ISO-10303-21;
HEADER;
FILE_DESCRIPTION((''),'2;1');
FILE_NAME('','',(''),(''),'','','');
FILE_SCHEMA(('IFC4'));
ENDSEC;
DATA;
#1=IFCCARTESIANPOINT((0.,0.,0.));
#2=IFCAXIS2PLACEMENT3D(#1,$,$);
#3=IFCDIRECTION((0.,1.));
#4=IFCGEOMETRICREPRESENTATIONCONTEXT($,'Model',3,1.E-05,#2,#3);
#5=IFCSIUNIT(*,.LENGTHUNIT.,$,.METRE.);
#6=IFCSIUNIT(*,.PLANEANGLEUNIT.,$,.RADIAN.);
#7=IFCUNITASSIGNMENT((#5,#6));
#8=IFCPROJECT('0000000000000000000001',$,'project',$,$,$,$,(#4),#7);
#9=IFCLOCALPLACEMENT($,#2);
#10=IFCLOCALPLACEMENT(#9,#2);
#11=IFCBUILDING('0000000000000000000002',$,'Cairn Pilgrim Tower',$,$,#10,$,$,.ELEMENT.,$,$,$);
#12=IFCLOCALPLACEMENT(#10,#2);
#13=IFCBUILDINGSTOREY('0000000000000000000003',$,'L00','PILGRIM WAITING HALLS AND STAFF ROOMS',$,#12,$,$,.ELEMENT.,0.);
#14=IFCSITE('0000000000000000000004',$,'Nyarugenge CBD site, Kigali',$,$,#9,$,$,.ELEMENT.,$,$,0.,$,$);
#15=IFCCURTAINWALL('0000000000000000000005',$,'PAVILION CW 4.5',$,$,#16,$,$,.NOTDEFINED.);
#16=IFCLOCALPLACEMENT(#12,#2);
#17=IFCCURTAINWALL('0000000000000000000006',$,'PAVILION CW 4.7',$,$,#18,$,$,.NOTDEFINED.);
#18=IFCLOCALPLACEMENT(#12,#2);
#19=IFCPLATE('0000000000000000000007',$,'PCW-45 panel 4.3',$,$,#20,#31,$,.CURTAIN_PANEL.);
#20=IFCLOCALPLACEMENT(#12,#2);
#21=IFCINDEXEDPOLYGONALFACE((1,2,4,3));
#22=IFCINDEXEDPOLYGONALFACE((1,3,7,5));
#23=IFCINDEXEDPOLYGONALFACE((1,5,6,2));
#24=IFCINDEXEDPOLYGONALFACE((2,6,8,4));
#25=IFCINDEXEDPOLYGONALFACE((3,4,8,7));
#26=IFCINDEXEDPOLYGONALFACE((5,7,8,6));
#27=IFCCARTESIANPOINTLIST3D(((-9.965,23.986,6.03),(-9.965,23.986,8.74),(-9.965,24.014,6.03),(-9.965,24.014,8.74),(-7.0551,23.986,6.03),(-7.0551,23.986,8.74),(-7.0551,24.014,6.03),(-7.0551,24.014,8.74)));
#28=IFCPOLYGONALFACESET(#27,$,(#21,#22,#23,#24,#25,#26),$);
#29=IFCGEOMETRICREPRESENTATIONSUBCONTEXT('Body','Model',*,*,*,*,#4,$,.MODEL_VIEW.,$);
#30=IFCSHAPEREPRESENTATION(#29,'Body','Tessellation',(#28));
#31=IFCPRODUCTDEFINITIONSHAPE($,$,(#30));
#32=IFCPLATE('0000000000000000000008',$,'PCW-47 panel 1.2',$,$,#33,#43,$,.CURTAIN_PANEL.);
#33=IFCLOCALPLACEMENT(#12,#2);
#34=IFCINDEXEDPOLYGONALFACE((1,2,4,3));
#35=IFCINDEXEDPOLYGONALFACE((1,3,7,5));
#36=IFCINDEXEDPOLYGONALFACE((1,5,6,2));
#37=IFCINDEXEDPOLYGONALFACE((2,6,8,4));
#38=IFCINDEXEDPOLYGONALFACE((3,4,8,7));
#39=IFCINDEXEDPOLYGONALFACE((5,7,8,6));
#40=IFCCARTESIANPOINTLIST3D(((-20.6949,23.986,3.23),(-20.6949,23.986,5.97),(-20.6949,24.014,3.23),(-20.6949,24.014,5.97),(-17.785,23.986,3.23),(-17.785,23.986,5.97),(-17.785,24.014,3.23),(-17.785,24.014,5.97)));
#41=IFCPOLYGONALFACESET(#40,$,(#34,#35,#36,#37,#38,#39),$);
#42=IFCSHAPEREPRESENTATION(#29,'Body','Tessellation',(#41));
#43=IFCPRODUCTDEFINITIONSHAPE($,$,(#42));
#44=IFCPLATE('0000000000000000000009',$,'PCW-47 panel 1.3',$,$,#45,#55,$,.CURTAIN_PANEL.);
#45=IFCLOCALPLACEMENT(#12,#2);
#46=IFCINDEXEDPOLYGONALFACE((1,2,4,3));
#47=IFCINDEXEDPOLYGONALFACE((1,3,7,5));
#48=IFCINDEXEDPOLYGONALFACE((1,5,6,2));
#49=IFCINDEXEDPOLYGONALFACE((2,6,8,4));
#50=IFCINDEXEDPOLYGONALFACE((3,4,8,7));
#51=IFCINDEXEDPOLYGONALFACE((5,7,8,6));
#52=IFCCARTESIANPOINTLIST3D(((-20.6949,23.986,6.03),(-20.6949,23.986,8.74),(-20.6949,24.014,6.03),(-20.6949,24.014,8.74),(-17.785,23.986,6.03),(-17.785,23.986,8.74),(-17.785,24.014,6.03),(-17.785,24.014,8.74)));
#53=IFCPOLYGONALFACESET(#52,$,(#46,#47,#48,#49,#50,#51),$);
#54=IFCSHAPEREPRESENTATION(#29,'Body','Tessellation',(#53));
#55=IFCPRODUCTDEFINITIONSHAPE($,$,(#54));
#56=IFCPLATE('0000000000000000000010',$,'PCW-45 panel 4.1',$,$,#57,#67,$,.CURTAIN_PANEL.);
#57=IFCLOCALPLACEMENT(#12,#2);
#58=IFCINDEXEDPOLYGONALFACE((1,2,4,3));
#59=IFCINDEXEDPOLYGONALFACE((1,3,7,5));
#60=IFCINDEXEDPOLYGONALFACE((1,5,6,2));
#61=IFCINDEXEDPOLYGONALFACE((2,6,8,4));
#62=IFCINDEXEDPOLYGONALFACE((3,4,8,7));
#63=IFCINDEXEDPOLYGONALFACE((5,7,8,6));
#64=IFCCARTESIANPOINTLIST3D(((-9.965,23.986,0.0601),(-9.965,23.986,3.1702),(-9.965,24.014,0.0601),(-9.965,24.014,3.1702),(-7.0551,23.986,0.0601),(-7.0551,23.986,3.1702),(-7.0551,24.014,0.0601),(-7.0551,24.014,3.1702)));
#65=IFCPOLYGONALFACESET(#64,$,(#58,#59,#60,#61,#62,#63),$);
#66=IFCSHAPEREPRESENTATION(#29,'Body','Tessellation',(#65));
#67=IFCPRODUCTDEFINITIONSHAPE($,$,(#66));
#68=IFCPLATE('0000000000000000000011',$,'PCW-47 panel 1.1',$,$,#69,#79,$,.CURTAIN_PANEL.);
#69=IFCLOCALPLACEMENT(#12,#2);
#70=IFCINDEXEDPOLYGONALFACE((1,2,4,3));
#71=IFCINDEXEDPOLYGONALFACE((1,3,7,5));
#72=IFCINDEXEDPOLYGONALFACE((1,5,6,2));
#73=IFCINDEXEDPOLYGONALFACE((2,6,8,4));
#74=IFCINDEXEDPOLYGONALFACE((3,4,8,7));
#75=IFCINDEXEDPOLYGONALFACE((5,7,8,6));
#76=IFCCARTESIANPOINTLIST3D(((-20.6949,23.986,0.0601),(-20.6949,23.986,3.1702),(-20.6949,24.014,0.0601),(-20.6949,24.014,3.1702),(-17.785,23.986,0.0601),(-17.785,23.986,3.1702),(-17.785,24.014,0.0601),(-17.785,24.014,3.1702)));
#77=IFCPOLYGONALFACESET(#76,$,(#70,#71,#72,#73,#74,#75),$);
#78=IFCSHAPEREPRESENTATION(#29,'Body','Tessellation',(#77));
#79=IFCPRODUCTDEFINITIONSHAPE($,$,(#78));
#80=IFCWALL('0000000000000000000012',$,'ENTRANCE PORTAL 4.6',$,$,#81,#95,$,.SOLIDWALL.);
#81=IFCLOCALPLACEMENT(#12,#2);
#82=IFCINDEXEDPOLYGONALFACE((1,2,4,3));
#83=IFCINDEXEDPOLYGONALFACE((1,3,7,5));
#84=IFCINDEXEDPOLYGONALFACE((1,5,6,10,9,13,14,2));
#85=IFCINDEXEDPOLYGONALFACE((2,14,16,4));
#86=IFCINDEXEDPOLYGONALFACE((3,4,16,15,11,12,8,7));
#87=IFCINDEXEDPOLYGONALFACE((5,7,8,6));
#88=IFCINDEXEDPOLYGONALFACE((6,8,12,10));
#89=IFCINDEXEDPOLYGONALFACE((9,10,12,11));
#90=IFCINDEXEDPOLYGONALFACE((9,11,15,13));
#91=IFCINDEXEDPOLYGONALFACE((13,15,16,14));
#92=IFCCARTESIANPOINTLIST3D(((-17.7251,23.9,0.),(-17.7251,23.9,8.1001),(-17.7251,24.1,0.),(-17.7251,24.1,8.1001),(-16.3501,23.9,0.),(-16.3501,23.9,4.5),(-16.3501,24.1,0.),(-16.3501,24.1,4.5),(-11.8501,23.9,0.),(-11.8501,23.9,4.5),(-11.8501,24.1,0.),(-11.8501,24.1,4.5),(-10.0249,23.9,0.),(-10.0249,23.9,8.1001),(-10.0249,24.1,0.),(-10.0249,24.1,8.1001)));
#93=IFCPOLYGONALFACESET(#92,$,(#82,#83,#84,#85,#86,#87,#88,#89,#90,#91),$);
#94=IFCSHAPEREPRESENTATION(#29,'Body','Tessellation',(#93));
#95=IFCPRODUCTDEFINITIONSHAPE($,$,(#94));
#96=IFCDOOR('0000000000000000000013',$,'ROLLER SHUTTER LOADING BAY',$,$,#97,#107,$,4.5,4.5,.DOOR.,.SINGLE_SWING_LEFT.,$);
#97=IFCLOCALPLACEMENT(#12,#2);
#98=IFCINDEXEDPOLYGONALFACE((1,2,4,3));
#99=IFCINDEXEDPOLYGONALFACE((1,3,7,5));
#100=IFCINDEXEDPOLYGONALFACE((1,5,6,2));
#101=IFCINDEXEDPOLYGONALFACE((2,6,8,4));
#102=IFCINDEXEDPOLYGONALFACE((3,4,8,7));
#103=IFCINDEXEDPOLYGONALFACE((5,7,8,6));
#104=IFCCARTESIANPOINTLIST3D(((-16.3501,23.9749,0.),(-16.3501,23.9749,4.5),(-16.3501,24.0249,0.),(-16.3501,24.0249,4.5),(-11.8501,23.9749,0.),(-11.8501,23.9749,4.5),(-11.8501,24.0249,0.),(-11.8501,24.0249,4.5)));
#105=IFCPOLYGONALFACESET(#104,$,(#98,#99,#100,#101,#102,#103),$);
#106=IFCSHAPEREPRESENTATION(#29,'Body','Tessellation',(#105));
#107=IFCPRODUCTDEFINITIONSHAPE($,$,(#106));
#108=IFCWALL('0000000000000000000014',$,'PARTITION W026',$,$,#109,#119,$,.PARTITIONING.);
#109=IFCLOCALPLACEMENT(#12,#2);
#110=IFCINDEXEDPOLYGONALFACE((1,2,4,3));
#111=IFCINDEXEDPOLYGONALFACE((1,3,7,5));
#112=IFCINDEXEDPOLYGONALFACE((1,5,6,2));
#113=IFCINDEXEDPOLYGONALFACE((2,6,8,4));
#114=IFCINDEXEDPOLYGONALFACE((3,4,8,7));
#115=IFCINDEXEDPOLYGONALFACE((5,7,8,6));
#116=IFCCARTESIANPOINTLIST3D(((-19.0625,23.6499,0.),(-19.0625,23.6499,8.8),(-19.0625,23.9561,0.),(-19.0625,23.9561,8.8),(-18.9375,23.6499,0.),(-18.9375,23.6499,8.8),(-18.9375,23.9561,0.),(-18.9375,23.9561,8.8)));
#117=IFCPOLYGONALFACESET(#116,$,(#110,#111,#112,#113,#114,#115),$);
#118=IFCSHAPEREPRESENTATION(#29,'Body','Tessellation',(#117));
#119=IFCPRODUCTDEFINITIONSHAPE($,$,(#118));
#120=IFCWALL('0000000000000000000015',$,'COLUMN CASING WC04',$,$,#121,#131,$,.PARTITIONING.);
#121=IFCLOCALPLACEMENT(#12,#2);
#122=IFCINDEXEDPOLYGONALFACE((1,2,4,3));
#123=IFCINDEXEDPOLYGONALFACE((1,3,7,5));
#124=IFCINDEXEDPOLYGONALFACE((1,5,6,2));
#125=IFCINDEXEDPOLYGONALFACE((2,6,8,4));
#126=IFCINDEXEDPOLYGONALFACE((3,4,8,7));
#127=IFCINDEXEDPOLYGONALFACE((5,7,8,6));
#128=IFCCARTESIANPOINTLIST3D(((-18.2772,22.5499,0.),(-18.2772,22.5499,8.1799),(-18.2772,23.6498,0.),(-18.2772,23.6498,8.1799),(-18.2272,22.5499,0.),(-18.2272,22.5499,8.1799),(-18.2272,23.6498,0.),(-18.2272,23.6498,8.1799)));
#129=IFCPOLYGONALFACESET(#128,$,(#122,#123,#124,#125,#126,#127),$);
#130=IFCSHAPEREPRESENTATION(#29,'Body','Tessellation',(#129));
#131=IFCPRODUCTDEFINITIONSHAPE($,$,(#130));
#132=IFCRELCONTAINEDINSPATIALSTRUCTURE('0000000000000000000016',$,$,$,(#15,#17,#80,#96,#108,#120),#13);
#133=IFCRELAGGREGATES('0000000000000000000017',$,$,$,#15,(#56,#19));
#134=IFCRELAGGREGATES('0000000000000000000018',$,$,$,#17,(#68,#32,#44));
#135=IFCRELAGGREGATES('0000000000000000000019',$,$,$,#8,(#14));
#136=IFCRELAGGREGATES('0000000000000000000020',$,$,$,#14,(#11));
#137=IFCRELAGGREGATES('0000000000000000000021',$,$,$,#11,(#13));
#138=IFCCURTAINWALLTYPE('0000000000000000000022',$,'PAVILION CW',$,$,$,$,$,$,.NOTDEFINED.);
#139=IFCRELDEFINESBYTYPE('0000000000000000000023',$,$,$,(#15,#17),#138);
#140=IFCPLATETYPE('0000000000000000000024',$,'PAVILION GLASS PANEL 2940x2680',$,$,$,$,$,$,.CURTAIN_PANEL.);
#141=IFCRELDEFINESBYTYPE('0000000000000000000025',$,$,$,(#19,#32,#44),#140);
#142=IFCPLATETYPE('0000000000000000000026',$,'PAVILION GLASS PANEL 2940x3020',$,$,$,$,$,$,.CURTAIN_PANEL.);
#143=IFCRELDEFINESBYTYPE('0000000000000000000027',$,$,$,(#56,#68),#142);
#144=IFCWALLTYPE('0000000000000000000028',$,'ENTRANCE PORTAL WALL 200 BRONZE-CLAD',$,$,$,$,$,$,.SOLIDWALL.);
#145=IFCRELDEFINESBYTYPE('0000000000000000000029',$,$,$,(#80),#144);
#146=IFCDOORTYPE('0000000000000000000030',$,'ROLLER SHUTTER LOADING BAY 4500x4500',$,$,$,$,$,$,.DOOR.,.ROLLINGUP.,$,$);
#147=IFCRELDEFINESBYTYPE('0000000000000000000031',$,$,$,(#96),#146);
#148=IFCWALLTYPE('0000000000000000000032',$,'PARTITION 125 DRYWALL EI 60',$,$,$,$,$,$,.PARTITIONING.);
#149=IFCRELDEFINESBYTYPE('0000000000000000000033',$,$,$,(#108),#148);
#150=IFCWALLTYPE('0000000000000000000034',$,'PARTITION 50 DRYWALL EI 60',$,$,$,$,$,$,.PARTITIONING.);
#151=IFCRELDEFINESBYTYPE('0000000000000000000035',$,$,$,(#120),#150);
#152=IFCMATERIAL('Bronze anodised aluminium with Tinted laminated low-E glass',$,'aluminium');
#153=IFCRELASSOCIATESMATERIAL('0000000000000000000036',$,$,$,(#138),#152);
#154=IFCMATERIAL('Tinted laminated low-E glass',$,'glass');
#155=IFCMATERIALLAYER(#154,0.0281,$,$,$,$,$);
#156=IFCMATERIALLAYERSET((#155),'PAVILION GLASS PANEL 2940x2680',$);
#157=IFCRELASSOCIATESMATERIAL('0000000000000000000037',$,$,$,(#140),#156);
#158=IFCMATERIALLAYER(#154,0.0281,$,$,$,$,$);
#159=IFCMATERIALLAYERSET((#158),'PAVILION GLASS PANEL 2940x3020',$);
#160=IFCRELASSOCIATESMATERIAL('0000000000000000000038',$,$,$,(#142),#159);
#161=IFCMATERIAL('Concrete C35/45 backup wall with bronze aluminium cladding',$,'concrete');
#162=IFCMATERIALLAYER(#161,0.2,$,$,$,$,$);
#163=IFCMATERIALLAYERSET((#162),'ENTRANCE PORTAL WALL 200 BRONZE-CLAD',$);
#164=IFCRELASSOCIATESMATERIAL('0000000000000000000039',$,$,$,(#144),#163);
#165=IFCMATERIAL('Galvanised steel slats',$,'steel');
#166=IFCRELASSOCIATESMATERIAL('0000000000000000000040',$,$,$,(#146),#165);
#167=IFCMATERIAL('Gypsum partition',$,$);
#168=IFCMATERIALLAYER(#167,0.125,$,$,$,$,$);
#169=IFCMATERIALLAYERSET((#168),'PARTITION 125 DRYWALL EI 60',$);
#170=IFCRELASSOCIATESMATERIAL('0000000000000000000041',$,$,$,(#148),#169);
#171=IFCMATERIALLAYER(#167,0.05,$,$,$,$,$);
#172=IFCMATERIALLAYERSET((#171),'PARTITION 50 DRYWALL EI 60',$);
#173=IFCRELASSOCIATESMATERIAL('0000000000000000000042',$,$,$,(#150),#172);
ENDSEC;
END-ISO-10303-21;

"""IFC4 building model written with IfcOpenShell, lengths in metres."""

from ifc_helpers import new_model, si_unit, direction, frame, frame_2d, origin, origin_2d, place, context, subcontext, project, spatial, rectangle, extrude, material, layer, layer_set, type_object, element, fill, aggregate, save


model = new_model("IFC4")

# Units and contexts
model_context = context("Model", 3, precision=1e-05, world=origin(), true_north=direction((0.0, 1.0)))
body_context = subcontext(model_context, "Body", "Model", "MODEL_VIEW")
ifc_project = project(units=[si_unit("LENGTHUNIT", "METRE"), si_unit("PLANEANGLEUNIT", "RADIAN")], contexts=[model_context])

# Site, building, storey
site_placement = place(None, origin())
site = spatial("IfcSite", under=ifc_project, at=site_placement, Name="Nyarugenge CBD site, Kigali", CompositionType="ELEMENT", RefElevation=0.0)
building_placement = place(site_placement, origin())
building = spatial("IfcBuilding", under=site, at=building_placement, Name="Cairn Pilgrim Tower", CompositionType="ELEMENT")
storey_placement = place(building_placement, origin())
storey = spatial("IfcBuildingStorey", under=building, at=storey_placement, Name="L00", Description="PILGRIM WAITING HALLS AND STAFF ROOMS", CompositionType="ELEMENT", Elevation=0.0)

# Curtain wall
ifc_material_1 = material(Name="Bronze anodised aluminium with Tinted laminated low-E glass", Category="aluminium")
curtain_wall_type = type_object("IfcCurtainWallType", Name="PAVILION CW", PredefinedType="NOTDEFINED", material=ifc_material_1)
curtain_wall_1_placement = place(storey_placement, origin())
curtain_wall_1 = element("IfcCurtainWall", 1, at=curtain_wall_1_placement, inside=storey, type_object=curtain_wall_type, Name="PAVILION CW 4.5", PredefinedType="NOTDEFINED")

# Curtain wall
curtain_wall_2_placement = place(storey_placement, origin())
curtain_wall_2 = element("IfcCurtainWall", 2, at=curtain_wall_2_placement, inside=storey, type_object=curtain_wall_type, Name="PAVILION CW 4.7", PredefinedType="NOTDEFINED")

# Plates
ifc_material_2 = material(Name="Tinted laminated low-E glass", Category="glass")
ifc_layer_1 = layer(ifc_material_2, 0.0281)
ifc_layer_set_1 = layer_set([ifc_layer_1], Name="PAVILION GLASS PANEL 2940x2680")
plate_type_1 = type_object("IfcPlateType", Name="PAVILION GLASS PANEL 2940x2680", PredefinedType="CURTAIN_PANEL", material=ifc_layer_set_1)
plate_1_placement = place(storey_placement, frame((-8.51, 24.0, 6.03), z_axis=(0.0, 0.0, 1.0), x_axis=(-1.0, 0.0, 0.0)))
plate_1 = element("IfcPlate", 3, at=plate_1_placement, type_object=plate_type_1, Name="PCW-45 panel 4.3", PredefinedType="CURTAIN_PANEL", context=body_context, shape_type="SweptSolid", body=[
    extrude(rectangle(XDim=2.9099, YDim=0.0281, at=origin_2d()), origin(), (0.0, 0.0, 1.0), 2.71),
])
plate_2_placement = place(storey_placement, frame((-19.24, 24.0, 3.23), z_axis=(0.0, 0.0, 1.0), x_axis=(-1.0, 0.0, 0.0)))
plate_2 = element("IfcPlate", 4, at=plate_2_placement, type_object=plate_type_1, Name="PCW-47 panel 1.2", PredefinedType="CURTAIN_PANEL", context=body_context, shape_type="SweptSolid", body=[
    extrude(rectangle(XDim=2.9099, YDim=0.0281, at=origin_2d()), origin(), (0.0, 0.0, 1.0), 2.74),
])
plate_3_placement = place(storey_placement, frame((-19.24, 24.0, 6.03), z_axis=(0.0, 0.0, 1.0), x_axis=(-1.0, 0.0, 0.0)))
plate_3 = element("IfcPlate", 5, at=plate_3_placement, type_object=plate_type_1, Name="PCW-47 panel 1.3", PredefinedType="CURTAIN_PANEL", context=body_context, shape_type="SweptSolid", body=[
    extrude(rectangle(XDim=2.9099, YDim=0.0281, at=origin_2d()), origin(), (0.0, 0.0, 1.0), 2.71),
])
ifc_layer_2 = layer(ifc_material_2, 0.0281)
ifc_layer_set_2 = layer_set([ifc_layer_2], Name="PAVILION GLASS PANEL 2940x3020")
plate_type_2 = type_object("IfcPlateType", Name="PAVILION GLASS PANEL 2940x3020", PredefinedType="CURTAIN_PANEL", material=ifc_layer_set_2)
plate_4_placement = place(storey_placement, frame((-8.51, 24.0, 0.0601), z_axis=(0.0, 0.0, 1.0), x_axis=(-1.0, 0.0, 0.0)))
plate_4 = element("IfcPlate", 6, at=plate_4_placement, type_object=plate_type_2, Name="PCW-45 panel 4.1", PredefinedType="CURTAIN_PANEL", context=body_context, shape_type="SweptSolid", body=[
    extrude(rectangle(XDim=2.9099, YDim=0.0281, at=origin_2d()), origin(), (0.0, 0.0, 1.0), 3.1101),
])
aggregate(curtain_wall_1, [plate_4, plate_1])
plate_5_placement = place(storey_placement, frame((-19.24, 24.0, 0.0601), z_axis=(0.0, 0.0, 1.0), x_axis=(-1.0, 0.0, 0.0)))
plate_5 = element("IfcPlate", 7, at=plate_5_placement, type_object=plate_type_2, Name="PCW-47 panel 1.1", PredefinedType="CURTAIN_PANEL", context=body_context, shape_type="SweptSolid", body=[
    extrude(rectangle(XDim=2.9099, YDim=0.0281, at=origin_2d()), origin(), (0.0, 0.0, 1.0), 3.1101),
])
aggregate(curtain_wall_2, [plate_5, plate_2, plate_3])

# Wall, opening, door
ifc_material_3 = material(Name="Concrete C35/45 backup wall with bronze aluminium cladding", Category="concrete")
ifc_layer_3 = layer(ifc_material_3, 0.2)
ifc_layer_set_3 = layer_set([ifc_layer_3], Name="ENTRANCE PORTAL WALL 200 BRONZE-CLAD")
wall_type_1 = type_object("IfcWallType", Name="ENTRANCE PORTAL WALL 200 BRONZE-CLAD", PredefinedType="SOLIDWALL", material=ifc_layer_set_3)
wall_1_placement = place(storey_placement, frame((-17.7251, 24.0, 0.0), z_axis=(0.0, 0.0, 1.0), x_axis=(1.0, 0.0, 0.0)))
wall_1 = element("IfcWall", 8, at=wall_1_placement, inside=storey, type_object=wall_type_1, Name="ENTRANCE PORTAL 4.6", PredefinedType="SOLIDWALL", context=body_context, shape_type="SweptSolid", body=[
    extrude(rectangle(XDim=7.7002, YDim=0.2, at=frame_2d((3.8501, 0.0))), origin(), (0.0, 0.0, 1.0), 8.1001),
])
opening_placement = place(wall_1_placement, frame((1.375, 0.0, 0.0)))
opening = element("IfcOpeningElement", 9, at=opening_placement, cuts=wall_1, PredefinedType="OPENING", context=body_context, shape_type="SweptSolid", body=[
    extrude(rectangle(XDim=4.5, YDim=4.5, at=frame_2d((2.25, 2.25))), frame((0.0, 0.1099, 0.0), z_axis=(0.0, -1.0, 0.0), x_axis=(1.0, 0.0, 0.0)), (0.0, 0.0, 1.0), 0.22),
])
ifc_material_4 = material(Name="Galvanised steel slats", Category="steel")
door_type = type_object("IfcDoorType", Name="ROLLER SHUTTER LOADING BAY 4500x4500", OperationType="ROLLINGUP", PredefinedType="DOOR", material=ifc_material_4)
door_placement = place(opening_placement, origin())
door = element("IfcDoor", 10, at=door_placement, inside=storey, type_object=door_type, Name="ROLLER SHUTTER LOADING BAY", OperationType="SINGLE_SWING_LEFT", OverallHeight=4.5, OverallWidth=4.5, PredefinedType="DOOR", context=body_context, shape_type="SweptSolid", body=[
    extrude(rectangle(XDim=4.5, YDim=4.5, at=frame_2d((2.25, 2.25))), frame((0.0, 0.0249, 0.0), z_axis=(0.0, -1.0, 0.0), x_axis=(1.0, 0.0, 0.0)), (0.0, 0.0, 1.0), 0.05),
])
fill(opening, door)

# Walls
ifc_material_5 = material(Name="Gypsum partition")
ifc_layer_4 = layer(ifc_material_5, 0.125)
ifc_layer_set_4 = layer_set([ifc_layer_4], Name="PARTITION 125 DRYWALL EI 60")
wall_type_2 = type_object("IfcWallType", Name="PARTITION 125 DRYWALL EI 60", PredefinedType="PARTITIONING", material=ifc_layer_set_4)
wall_2_placement = place(storey_placement, frame((-19.0, 23.6499, 0.0), z_axis=(0.0, 0.0, 1.0), x_axis=(0.0, 1.0, 0.0)))
element("IfcWall", 11, at=wall_2_placement, inside=storey, type_object=wall_type_2, Name="PARTITION W026", PredefinedType="PARTITIONING", context=body_context, shape_type="SweptSolid", body=[
    extrude(rectangle(XDim=0.3062, YDim=0.125, at=frame_2d((0.1531, 0.0))), origin(), (0.0, 0.0, 1.0), 8.8),
])
ifc_layer_5 = layer(ifc_material_5, 0.05)
ifc_layer_set_5 = layer_set([ifc_layer_5], Name="PARTITION 50 DRYWALL EI 60")
wall_type_3 = type_object("IfcWallType", Name="PARTITION 50 DRYWALL EI 60", PredefinedType="PARTITIONING", material=ifc_layer_set_5)
wall_3_placement = place(storey_placement, frame((-18.2522, 22.55, 0.0), z_axis=(0.0, 0.0, 1.0), x_axis=(0.0, 1.0, 0.0)))
element("IfcWall", 12, at=wall_3_placement, inside=storey, type_object=wall_type_3, Name="COLUMN CASING WC04", PredefinedType="PARTITIONING", context=body_context, shape_type="SweptSolid", body=[
    extrude(rectangle(XDim=1.0999, YDim=0.05, at=frame_2d((0.5498, 0.0))), origin(), (0.0, 0.0, 1.0), 8.1799),
])

save(model, "model.ifc")
